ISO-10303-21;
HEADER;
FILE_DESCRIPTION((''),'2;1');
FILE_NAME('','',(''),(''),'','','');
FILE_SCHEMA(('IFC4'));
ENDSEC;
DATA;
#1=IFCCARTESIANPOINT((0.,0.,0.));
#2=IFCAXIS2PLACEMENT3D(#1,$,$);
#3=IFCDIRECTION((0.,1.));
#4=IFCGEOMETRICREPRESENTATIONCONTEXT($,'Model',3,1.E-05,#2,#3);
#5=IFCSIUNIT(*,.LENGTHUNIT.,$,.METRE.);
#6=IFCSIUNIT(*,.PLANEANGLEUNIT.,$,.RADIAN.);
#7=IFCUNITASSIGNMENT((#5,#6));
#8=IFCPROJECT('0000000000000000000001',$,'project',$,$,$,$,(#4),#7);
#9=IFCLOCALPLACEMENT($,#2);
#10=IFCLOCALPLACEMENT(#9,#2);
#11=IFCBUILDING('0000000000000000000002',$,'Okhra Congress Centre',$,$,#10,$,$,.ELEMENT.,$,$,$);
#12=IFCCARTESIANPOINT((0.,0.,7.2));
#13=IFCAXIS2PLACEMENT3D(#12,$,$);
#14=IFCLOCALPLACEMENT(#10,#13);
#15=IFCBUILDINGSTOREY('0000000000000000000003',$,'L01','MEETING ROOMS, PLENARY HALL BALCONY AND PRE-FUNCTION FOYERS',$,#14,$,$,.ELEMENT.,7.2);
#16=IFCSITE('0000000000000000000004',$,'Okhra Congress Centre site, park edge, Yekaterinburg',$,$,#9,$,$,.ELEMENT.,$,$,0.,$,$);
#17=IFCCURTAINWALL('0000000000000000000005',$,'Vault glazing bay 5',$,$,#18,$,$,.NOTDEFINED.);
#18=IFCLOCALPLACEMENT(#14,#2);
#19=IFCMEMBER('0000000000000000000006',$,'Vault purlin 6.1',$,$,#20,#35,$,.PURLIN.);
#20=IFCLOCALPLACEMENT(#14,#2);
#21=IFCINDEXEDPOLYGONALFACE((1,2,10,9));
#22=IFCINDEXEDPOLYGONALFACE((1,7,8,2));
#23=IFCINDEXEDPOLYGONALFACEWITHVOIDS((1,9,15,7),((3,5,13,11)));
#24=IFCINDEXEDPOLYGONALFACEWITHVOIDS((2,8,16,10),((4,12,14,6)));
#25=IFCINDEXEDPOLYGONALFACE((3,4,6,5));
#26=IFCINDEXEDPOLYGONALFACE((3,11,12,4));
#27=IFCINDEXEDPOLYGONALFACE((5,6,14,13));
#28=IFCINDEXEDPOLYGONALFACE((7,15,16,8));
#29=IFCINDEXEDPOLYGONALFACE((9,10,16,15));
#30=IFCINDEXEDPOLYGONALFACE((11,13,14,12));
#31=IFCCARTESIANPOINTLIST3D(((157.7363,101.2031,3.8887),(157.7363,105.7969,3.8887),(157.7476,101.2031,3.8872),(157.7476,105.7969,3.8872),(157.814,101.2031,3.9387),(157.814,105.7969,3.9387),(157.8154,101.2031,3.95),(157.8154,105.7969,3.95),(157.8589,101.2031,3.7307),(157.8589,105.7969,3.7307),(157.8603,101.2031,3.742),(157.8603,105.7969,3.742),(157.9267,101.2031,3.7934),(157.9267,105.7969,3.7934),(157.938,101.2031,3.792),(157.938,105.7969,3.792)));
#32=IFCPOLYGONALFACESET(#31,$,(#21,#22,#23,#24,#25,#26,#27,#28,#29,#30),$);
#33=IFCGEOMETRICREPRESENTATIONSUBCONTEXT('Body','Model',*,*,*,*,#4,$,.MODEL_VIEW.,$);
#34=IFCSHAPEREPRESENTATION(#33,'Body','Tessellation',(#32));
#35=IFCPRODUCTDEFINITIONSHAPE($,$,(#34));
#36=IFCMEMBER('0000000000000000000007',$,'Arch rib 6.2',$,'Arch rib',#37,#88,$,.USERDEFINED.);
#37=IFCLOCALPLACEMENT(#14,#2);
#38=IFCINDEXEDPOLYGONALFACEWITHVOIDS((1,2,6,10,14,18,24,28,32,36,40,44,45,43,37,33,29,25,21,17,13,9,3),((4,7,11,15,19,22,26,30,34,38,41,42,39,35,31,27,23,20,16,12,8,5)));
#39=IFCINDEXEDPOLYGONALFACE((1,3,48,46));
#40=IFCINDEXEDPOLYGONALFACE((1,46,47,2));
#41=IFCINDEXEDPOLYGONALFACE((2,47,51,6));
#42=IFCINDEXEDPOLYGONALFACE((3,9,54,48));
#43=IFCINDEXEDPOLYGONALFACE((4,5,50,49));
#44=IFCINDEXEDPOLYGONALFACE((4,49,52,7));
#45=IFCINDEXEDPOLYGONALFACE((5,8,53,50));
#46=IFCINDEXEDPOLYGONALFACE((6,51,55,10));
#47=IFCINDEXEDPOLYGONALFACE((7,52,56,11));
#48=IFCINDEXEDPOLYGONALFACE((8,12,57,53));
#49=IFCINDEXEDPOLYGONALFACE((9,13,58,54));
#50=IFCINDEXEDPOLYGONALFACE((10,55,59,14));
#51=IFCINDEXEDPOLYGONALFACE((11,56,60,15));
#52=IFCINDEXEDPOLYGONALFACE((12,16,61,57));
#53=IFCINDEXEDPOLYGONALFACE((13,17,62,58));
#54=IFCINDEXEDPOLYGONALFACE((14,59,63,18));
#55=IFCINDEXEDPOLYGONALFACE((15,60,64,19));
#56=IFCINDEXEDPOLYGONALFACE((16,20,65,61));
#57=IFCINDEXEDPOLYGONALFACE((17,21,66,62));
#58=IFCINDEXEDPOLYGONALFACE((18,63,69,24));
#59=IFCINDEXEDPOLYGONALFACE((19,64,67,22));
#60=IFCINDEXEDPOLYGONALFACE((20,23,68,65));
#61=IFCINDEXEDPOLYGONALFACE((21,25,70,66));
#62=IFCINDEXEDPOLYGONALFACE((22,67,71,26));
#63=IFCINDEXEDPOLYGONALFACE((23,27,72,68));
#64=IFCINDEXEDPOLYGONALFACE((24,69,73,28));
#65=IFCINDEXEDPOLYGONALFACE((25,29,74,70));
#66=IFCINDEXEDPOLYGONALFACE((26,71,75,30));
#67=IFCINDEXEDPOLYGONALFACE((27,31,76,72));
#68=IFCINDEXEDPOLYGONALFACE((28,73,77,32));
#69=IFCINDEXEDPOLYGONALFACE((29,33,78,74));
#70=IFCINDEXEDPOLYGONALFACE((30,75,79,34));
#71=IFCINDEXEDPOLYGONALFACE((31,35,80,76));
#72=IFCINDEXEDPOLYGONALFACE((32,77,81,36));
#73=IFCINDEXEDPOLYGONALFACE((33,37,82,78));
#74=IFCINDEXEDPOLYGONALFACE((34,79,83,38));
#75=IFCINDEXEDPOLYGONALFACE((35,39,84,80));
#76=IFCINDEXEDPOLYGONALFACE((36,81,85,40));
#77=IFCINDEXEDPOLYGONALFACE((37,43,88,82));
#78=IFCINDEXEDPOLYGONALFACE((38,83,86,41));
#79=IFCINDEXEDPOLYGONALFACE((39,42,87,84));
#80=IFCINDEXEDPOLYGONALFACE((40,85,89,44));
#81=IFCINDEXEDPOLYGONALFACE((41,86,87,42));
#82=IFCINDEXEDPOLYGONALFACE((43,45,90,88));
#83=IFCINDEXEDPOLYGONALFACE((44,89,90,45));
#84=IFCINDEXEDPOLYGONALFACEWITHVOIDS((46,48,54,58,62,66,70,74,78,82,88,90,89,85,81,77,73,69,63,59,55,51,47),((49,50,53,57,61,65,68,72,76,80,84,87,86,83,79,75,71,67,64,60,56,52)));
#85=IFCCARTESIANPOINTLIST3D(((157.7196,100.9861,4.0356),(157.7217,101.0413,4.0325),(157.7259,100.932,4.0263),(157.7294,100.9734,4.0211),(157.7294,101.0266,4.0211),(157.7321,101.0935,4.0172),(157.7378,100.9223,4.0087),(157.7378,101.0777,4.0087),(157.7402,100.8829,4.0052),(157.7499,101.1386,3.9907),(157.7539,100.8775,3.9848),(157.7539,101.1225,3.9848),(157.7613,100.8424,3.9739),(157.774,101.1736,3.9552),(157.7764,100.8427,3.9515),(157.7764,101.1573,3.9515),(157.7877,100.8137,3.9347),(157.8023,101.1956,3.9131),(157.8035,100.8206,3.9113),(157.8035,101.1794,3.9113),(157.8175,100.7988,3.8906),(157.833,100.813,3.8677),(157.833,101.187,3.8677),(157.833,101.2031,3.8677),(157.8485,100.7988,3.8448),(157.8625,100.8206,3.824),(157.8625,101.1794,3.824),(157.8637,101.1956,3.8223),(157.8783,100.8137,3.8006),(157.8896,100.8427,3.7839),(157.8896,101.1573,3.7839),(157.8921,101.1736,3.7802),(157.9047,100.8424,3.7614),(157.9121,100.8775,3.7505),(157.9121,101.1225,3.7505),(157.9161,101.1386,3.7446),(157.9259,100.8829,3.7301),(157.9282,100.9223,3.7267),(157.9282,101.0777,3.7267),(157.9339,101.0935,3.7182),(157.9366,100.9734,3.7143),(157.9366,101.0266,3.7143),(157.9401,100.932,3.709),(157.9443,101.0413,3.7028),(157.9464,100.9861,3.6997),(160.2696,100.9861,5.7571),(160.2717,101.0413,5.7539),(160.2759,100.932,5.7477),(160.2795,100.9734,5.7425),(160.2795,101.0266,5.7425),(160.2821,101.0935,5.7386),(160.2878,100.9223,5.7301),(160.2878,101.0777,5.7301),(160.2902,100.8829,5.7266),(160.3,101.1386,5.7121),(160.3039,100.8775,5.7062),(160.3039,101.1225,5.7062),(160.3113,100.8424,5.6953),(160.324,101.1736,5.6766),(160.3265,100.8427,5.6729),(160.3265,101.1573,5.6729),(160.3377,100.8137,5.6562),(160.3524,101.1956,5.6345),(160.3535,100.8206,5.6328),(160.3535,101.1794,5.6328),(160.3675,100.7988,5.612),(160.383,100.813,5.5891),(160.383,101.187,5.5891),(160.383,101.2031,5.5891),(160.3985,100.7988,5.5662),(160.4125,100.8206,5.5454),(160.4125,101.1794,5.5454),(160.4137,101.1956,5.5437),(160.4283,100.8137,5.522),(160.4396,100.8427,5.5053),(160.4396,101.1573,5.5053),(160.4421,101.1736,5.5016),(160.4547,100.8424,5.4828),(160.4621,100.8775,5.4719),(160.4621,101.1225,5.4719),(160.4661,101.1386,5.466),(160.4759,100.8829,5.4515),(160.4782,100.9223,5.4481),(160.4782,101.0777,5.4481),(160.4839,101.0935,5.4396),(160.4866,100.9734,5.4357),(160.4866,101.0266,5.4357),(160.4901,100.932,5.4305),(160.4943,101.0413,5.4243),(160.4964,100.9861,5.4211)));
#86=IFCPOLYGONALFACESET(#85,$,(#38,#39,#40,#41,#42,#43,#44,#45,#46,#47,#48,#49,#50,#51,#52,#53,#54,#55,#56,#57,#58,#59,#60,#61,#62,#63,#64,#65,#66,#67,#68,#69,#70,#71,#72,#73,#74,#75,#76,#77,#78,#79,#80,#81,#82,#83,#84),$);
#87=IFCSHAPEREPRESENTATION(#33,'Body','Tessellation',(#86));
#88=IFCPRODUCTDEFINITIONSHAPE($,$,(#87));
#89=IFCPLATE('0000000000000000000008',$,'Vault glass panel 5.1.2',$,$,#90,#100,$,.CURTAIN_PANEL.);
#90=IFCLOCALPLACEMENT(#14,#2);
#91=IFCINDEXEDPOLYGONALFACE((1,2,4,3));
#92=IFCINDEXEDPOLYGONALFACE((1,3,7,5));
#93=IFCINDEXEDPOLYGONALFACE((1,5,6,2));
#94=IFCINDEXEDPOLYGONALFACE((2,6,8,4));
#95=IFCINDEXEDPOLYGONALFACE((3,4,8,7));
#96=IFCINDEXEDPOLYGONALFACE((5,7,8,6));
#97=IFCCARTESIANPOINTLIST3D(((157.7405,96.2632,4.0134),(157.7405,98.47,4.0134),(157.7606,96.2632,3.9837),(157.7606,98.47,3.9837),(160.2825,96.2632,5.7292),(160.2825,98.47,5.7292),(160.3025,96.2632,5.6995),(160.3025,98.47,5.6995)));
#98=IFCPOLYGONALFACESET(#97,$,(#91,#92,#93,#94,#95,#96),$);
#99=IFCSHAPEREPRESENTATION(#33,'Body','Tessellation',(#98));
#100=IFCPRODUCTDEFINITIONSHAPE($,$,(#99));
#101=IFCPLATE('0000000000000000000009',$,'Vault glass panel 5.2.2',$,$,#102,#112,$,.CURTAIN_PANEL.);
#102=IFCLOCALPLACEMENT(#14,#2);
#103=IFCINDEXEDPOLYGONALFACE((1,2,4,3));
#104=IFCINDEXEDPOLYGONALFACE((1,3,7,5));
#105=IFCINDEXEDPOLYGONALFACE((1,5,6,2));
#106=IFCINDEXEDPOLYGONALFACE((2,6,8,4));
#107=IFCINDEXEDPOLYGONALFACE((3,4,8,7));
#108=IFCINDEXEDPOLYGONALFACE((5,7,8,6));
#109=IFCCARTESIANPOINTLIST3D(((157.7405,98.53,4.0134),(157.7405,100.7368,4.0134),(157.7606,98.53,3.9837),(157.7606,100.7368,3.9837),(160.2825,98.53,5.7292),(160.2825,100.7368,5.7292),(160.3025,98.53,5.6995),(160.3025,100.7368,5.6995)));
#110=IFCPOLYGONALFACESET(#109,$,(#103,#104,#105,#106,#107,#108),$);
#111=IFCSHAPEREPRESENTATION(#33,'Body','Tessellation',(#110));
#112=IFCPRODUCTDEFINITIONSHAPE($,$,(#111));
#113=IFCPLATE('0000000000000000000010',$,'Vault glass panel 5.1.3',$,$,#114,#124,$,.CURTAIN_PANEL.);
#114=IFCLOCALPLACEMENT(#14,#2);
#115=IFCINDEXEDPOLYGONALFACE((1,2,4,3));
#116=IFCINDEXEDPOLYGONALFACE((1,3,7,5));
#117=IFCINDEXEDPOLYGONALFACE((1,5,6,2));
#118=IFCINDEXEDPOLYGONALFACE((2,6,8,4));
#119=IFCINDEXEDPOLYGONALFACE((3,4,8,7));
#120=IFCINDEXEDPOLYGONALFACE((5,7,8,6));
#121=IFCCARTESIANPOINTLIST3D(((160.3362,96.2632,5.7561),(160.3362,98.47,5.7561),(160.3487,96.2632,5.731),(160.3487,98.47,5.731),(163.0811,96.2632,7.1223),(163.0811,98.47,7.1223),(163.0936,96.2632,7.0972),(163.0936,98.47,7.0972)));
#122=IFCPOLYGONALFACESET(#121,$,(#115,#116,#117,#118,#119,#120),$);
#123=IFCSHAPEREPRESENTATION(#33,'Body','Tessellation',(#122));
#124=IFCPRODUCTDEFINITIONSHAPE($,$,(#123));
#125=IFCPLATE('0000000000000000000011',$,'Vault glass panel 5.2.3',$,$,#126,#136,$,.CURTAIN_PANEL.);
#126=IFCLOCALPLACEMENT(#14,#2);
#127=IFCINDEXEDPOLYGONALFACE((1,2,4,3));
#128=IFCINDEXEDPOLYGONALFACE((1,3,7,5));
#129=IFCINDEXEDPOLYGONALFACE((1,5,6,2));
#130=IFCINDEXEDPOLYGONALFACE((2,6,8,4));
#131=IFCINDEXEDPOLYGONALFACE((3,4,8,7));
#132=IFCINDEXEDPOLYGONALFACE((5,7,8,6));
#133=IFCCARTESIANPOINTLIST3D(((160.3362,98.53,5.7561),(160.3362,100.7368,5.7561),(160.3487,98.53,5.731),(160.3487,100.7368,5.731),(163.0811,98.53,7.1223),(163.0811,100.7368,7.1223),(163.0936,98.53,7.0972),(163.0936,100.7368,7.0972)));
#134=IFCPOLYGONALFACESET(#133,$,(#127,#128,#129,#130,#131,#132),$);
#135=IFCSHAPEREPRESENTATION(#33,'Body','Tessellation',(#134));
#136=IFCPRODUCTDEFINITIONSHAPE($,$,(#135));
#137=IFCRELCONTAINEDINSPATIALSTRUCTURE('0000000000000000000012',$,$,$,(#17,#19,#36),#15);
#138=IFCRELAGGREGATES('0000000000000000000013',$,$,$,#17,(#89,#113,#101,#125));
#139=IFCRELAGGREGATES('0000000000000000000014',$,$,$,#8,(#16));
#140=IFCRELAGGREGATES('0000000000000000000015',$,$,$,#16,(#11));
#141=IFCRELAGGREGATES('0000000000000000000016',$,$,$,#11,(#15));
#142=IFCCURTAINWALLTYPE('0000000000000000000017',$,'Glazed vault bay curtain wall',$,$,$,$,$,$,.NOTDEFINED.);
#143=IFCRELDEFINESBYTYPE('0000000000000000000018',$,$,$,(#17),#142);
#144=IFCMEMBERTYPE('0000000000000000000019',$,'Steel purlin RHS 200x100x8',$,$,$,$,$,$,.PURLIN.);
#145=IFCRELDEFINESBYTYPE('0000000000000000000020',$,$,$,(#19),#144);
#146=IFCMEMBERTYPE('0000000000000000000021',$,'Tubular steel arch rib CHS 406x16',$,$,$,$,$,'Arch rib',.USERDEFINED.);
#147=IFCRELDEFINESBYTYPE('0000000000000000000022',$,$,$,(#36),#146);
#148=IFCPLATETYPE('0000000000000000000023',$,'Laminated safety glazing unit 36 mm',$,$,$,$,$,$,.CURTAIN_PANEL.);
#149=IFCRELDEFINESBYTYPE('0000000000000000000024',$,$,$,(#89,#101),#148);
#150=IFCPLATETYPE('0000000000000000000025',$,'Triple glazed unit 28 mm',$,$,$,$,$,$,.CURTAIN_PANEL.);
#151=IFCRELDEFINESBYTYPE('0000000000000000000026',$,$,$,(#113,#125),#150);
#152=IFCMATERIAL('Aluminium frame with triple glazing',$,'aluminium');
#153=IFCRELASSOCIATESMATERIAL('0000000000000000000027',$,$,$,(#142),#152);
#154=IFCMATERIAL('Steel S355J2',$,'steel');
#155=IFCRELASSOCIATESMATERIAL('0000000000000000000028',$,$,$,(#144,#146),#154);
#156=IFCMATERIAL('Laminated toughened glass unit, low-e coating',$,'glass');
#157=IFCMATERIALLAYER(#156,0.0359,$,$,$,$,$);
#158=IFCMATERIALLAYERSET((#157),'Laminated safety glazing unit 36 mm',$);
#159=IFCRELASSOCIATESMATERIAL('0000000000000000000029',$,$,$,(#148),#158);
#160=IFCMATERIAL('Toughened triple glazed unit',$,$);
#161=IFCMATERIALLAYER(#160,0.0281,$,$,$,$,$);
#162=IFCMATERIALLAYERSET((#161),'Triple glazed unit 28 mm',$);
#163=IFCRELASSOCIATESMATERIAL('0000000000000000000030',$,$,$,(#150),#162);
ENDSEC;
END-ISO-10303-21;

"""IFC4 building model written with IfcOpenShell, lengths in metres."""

from ifc_helpers import new_model, si_unit, direction, frame, origin, origin_2d, place, context, subcontext, project, spatial, polyline, hollow_rectangle, hollow_circle, outline, extrude, material, layer, layer_set, material_profile, profile_set, type_object, element, aggregate, save


model = new_model("IFC4")

# Units and contexts
model_context = context("Model", 3, precision=1e-05, world=origin(), true_north=direction((0.0, 1.0)))
body_context = subcontext(model_context, "Body", "Model", "MODEL_VIEW")
ifc_project = project(units=[si_unit("LENGTHUNIT", "METRE"), si_unit("PLANEANGLEUNIT", "RADIAN")], contexts=[model_context])

# Site, building, storey
site_placement = place(None, origin())
site = spatial("IfcSite", under=ifc_project, at=site_placement, Name="Okhra Congress Centre site, park edge, Yekaterinburg", CompositionType="ELEMENT", RefElevation=0.0)
building_placement = place(site_placement, origin())
building = spatial("IfcBuilding", under=site, at=building_placement, Name="Okhra Congress Centre", CompositionType="ELEMENT")
storey_placement = place(building_placement, frame((0.0, 0.0, 7.2)))
storey = spatial("IfcBuildingStorey", under=building, at=storey_placement, Name="L01", Description="MEETING ROOMS, PLENARY HALL BALCONY AND PRE-FUNCTION FOYERS", CompositionType="ELEMENT", Elevation=7.2)

# Curtain wall
ifc_material_1 = material(Name="Aluminium frame with triple glazing", Category="aluminium")
curtain_wall_type = type_object("IfcCurtainWallType", Name="Glazed vault bay curtain wall", PredefinedType="NOTDEFINED", material=ifc_material_1)
curtain_wall_1_placement = place(storey_placement, origin())
curtain_wall_1 = element("IfcCurtainWall", 1, at=curtain_wall_1_placement, inside=storey, type_object=curtain_wall_type, Name="Vault glazing bay 5", PredefinedType="NOTDEFINED")

# Members
ifc_material_2 = material(Name="Steel S355J2", Category="steel")
ifc_material_profile_1 = material_profile(ifc_material_2, hollow_rectangle(XDim=0.1001, YDim=0.2, WallThickness=0.0081, at=origin_2d()), Name="RHS 200x100x8")
ifc_profile_set_1 = profile_set([ifc_material_profile_1], Name="Steel S355J2")
member_type_1 = type_object("IfcMemberType", Name="Steel purlin RHS 200x100x8", PredefinedType="PURLIN", material=ifc_profile_set_1)
for number, where, z_axis, x_axis, name in (
    (2, (157.8372, 101.2031, 3.8403), (0.0, 1.0, 0.0), (-0.790145, 0.0, -0.61292), "Vault purlin 6.1"),
):
    element("IfcMember", number, at=place(storey_placement, frame(where, z_axis=z_axis, x_axis=x_axis)), inside=storey, type_object=member_type_1, Name=name, PredefinedType="PURLIN", context=body_context, shape_type="SweptSolid", body=[
        extrude(hollow_rectangle(XDim=0.1001, YDim=0.2, WallThickness=0.0081, at=origin_2d()), origin(), (0.0, 0.0, 1.0), 4.5938),
    ])
ifc_material_profile_2 = material_profile(ifc_material_2, hollow_circle(Radius=0.2031, WallThickness=0.0161, at=origin_2d()), Name="CHS 406.4x16")
ifc_profile_set_2 = profile_set([ifc_material_profile_2], Name="Steel S355J2")
member_type_2 = type_object("IfcMemberType", Name="Tubular steel arch rib CHS 406x16", ElementType="Arch rib", PredefinedType="USERDEFINED", material=ifc_profile_set_2)
member_1_placement = place(storey_placement, frame((157.833, 101.0, 3.8677), z_axis=(0.828826, 0.0, 0.559507), x_axis=(0.0, 1.0, 0.0)))
element("IfcMember", 3, at=member_1_placement, inside=storey, type_object=member_type_2, Name="Arch rib 6.2", ObjectType="Arch rib", PredefinedType="USERDEFINED", context=body_context, shape_type="SweptSolid", body=[
    extrude(hollow_circle(Radius=0.2031, WallThickness=0.0161, at=origin_2d()), origin(), (0.0, 0.0, 1.0), 3.0767),
])

# Plates
ifc_material_3 = material(Name="Laminated toughened glass unit, low-e coating", Category="glass")
ifc_layer_1 = layer(ifc_material_3, 0.0359)
ifc_layer_set_1 = layer_set([ifc_layer_1], Name="Laminated safety glazing unit 36 mm")
plate_type_1 = type_object("IfcPlateType", Name="Laminated safety glazing unit 36 mm", PredefinedType="CURTAIN_PANEL", material=ifc_layer_set_1)
plate_1_placement = place(storey_placement, frame((157.7405, 96.2632, 4.0134), z_axis=(-0.559467, 0.0, 0.828852), x_axis=(0.828852, 0.0, 0.559467)))
plate_1 = element("IfcPlate", 4, at=plate_1_placement, type_object=plate_type_1, Name="Vault glass panel 5.1.2", PredefinedType="CURTAIN_PANEL", context=body_context, shape_type="SweptSolid", body=[
    extrude(outline(polyline([(0.0, 0.0), (3.0669, 0.0), (3.0669, 2.2068), (0.0, 2.2068), (0.0, 0.0)])), origin(), (0.0, 0.0, -1.0), 0.0359),
])
plate_2_placement = place(storey_placement, frame((157.7405, 98.53, 4.0134), z_axis=(-0.559467, 0.0, 0.828852), x_axis=(0.828852, 0.0, 0.559467)))
plate_2 = element("IfcPlate", 5, at=plate_2_placement, type_object=plate_type_1, Name="Vault glass panel 5.2.2", PredefinedType="CURTAIN_PANEL", context=body_context, shape_type="SweptSolid", body=[
    extrude(outline(polyline([(0.0, 0.0), (3.0669, 0.0), (3.0669, 2.2068), (0.0, 2.2068), (0.0, 0.0)])), origin(), (0.0, 0.0, -1.0), 0.0359),
])
ifc_material_4 = material(Name="Toughened triple glazed unit")
ifc_layer_2 = layer(ifc_material_4, 0.0281)
ifc_layer_set_2 = layer_set([ifc_layer_2], Name="Triple glazed unit 28 mm")
plate_type_2 = type_object("IfcPlateType", Name="Triple glazed unit 28 mm", PredefinedType="CURTAIN_PANEL", material=ifc_layer_set_2)
plate_3_placement = place(storey_placement, frame((160.3362, 96.2632, 5.7561), z_axis=(-0.445588, 0.0, 0.895238), x_axis=(0.895238, 0.0, 0.445588)))
plate_3 = element("IfcPlate", 6, at=plate_3_placement, type_object=plate_type_2, Name="Vault glass panel 5.1.3", PredefinedType="CURTAIN_PANEL", context=body_context, shape_type="SweptSolid", body=[
    extrude(outline(polyline([(0.0, 0.0), (3.0661, 0.0), (3.0661, 2.2068), (0.0, 2.2068), (0.0, 0.0)])), origin(), (0.0, 0.0, -1.0), 0.0281),
])
plate_4_placement = place(storey_placement, frame((160.3362, 98.53, 5.7561), z_axis=(-0.445588, 0.0, 0.895238), x_axis=(0.895238, 0.0, 0.445588)))
plate_4 = element("IfcPlate", 7, at=plate_4_placement, type_object=plate_type_2, Name="Vault glass panel 5.2.3", PredefinedType="CURTAIN_PANEL", context=body_context, shape_type="SweptSolid", body=[
    extrude(outline(polyline([(0.0, 0.0), (3.0661, 0.0), (3.0661, 2.2068), (0.0, 2.2068), (0.0, 0.0)])), origin(), (0.0, 0.0, -1.0), 0.0281),
])
aggregate(curtain_wall_1, [plate_1, plate_3, plate_2, plate_4])

save(model, "model.ifc")
